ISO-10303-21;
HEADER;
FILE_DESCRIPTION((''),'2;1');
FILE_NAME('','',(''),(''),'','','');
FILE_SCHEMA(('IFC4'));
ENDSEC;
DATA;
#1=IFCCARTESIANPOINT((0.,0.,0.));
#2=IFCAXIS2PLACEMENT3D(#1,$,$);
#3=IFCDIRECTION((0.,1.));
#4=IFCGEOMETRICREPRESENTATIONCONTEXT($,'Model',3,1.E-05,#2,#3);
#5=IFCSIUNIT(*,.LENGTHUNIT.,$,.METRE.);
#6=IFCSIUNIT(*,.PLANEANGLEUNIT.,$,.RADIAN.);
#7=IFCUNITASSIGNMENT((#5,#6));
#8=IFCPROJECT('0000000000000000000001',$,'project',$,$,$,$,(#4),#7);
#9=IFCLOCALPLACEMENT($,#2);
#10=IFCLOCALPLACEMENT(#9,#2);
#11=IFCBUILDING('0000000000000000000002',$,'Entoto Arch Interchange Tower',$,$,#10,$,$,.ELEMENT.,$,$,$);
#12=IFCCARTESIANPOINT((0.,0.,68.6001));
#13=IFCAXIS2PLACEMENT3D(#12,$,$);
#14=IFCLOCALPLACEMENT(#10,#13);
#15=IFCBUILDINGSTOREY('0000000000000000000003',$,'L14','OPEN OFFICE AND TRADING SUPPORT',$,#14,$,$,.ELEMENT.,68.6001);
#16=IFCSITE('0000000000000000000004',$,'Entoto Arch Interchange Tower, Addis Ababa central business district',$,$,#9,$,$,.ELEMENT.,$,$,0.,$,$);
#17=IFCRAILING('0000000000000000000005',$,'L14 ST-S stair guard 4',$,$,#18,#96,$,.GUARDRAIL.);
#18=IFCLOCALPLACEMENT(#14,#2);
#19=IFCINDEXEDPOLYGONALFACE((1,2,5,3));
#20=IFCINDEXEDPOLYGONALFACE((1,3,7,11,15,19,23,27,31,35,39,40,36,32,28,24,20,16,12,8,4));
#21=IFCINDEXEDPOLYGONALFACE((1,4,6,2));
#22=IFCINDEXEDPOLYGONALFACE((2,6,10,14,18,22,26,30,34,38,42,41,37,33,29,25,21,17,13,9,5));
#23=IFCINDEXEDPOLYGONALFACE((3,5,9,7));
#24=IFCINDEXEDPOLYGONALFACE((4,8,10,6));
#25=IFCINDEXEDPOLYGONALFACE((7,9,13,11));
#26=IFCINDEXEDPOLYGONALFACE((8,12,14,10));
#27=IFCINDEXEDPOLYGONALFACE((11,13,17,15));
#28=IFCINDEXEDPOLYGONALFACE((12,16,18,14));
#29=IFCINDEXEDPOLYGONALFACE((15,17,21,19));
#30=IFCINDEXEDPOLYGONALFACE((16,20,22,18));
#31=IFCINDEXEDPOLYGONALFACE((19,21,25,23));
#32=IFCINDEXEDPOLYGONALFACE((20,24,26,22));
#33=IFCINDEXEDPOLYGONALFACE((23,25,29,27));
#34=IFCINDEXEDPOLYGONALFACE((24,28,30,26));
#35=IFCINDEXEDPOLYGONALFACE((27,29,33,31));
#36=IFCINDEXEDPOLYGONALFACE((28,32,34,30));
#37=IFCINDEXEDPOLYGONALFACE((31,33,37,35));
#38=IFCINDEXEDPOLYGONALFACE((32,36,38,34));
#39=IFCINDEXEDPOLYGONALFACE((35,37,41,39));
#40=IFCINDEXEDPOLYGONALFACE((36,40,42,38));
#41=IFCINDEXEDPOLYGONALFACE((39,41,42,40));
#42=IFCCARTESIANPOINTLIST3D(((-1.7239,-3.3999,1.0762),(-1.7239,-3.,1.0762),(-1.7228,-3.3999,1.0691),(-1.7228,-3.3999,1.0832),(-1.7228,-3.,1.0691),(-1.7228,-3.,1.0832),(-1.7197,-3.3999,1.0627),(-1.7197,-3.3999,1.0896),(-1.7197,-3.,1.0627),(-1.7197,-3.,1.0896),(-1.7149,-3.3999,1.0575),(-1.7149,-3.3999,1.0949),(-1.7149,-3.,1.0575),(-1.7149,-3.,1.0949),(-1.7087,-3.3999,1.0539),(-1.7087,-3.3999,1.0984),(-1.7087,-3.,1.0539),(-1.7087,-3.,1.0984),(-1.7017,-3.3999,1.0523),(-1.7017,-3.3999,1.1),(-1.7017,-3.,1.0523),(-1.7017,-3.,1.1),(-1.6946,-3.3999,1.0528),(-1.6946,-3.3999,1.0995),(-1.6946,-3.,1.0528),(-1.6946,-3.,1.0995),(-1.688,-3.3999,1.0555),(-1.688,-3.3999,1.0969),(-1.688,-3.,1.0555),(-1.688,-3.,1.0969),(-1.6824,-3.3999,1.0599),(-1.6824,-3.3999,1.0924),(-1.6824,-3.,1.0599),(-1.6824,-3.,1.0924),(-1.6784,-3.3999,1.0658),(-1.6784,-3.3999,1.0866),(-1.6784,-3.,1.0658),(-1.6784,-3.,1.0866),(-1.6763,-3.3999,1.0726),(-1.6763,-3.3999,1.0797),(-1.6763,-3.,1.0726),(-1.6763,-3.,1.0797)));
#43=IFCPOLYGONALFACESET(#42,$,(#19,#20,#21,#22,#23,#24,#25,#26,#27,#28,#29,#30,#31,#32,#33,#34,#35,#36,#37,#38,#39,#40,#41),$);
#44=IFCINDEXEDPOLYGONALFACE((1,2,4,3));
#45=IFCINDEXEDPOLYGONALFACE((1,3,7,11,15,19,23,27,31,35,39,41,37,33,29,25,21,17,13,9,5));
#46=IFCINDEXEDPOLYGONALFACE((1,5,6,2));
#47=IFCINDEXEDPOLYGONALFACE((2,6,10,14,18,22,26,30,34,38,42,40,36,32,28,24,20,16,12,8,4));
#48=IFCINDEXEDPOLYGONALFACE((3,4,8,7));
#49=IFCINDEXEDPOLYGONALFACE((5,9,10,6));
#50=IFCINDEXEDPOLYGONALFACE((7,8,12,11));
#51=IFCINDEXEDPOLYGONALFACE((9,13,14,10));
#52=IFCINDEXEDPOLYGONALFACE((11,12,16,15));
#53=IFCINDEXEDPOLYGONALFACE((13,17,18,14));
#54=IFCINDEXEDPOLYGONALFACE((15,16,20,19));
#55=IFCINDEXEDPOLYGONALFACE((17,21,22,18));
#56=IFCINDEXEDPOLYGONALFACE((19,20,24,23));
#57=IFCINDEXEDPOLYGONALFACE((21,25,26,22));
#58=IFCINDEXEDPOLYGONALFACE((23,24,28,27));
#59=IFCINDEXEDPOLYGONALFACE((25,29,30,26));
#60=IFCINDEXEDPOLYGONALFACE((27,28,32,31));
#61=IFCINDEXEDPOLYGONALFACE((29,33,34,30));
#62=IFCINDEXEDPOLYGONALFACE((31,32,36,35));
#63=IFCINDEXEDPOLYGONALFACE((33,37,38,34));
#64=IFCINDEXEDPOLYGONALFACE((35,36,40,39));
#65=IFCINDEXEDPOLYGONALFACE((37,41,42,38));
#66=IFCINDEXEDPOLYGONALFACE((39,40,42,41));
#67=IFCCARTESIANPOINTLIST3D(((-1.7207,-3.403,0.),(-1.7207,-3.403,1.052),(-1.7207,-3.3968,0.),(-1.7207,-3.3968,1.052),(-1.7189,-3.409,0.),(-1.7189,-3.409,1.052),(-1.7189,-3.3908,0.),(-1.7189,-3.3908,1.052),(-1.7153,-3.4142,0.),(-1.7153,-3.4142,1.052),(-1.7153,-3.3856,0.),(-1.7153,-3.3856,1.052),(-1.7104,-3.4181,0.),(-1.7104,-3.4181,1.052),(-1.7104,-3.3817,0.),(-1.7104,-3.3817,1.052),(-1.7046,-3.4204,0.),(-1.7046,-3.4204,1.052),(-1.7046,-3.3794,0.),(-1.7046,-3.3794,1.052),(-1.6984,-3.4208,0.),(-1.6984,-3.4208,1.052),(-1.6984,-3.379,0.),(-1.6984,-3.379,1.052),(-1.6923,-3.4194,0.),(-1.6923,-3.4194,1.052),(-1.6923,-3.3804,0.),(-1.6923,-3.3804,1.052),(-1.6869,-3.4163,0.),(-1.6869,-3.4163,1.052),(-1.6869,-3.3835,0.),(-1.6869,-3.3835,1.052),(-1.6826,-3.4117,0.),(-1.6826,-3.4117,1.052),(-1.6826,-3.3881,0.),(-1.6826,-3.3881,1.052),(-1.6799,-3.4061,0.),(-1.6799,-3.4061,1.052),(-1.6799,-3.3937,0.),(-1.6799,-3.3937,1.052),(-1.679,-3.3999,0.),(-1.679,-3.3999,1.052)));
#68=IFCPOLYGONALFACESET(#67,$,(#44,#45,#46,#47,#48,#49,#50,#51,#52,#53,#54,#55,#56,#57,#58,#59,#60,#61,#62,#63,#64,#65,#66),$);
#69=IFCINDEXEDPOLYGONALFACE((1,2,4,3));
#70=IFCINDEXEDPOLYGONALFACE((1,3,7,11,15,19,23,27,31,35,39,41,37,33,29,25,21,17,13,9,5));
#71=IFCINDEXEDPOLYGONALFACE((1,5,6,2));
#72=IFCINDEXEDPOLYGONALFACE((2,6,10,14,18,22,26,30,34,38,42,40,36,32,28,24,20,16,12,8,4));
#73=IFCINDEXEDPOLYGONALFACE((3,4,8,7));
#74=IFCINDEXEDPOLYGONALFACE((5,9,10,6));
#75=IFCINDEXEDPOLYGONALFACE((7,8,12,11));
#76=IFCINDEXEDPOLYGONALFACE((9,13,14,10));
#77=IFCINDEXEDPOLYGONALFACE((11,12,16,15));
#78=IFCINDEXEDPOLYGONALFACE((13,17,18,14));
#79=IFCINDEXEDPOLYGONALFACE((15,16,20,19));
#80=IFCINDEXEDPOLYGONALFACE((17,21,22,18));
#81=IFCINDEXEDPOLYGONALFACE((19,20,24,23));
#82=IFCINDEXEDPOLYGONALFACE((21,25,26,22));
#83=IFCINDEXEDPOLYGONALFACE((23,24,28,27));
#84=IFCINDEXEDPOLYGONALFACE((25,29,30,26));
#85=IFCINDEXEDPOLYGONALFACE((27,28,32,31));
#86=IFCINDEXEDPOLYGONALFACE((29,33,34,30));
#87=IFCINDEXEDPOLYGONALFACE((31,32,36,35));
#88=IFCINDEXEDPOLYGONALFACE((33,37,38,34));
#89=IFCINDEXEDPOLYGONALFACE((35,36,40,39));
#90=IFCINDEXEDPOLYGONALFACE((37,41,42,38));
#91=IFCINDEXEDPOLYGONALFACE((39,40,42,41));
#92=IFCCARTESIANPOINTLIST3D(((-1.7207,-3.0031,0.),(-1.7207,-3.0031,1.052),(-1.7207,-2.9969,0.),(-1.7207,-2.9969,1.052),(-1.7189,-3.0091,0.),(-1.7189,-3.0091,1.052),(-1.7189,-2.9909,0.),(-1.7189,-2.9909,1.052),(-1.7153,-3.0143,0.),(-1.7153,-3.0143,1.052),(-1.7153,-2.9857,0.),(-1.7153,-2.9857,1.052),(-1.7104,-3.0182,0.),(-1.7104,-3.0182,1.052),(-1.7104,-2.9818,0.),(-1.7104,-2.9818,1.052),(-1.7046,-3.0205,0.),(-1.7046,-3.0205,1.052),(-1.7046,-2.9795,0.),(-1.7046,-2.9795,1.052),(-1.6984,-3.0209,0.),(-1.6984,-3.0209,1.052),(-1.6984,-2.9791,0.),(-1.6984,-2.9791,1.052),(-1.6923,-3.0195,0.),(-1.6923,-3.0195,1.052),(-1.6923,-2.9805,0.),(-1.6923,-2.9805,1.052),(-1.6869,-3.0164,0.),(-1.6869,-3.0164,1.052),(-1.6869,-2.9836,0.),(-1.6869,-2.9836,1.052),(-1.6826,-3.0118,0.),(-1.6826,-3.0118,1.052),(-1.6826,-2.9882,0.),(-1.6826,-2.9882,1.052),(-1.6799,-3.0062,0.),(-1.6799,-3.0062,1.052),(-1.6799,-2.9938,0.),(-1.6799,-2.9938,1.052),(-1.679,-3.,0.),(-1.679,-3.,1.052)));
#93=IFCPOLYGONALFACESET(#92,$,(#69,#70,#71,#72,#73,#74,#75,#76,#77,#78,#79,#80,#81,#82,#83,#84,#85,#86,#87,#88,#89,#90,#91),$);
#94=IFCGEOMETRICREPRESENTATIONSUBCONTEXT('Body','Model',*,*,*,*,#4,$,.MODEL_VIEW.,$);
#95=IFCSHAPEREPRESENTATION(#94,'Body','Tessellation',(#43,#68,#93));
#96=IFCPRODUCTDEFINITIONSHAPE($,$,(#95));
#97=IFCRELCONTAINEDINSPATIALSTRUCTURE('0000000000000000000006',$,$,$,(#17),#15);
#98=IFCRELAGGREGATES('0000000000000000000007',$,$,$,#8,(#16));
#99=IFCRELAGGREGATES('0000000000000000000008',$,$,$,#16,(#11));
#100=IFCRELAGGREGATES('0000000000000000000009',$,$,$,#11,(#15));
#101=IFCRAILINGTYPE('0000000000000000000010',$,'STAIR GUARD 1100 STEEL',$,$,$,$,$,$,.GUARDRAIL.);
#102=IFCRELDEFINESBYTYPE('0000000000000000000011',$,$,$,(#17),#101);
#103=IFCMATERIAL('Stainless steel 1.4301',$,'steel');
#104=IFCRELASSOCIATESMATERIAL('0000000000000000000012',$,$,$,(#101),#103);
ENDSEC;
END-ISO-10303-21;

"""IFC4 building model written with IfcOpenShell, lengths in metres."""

from ifc_helpers import new_model, si_unit, direction, frame, origin, origin_2d, place, context, subcontext, project, spatial, circle, extrude, material, type_object, element, save


model = new_model("IFC4")

# Units and contexts
model_context = context("Model", 3, precision=1e-05, world=origin(), true_north=direction((0.0, 1.0)))
body_context = subcontext(model_context, "Body", "Model", "MODEL_VIEW")
ifc_project = project(units=[si_unit("LENGTHUNIT", "METRE"), si_unit("PLANEANGLEUNIT", "RADIAN")], contexts=[model_context])

# Site, building, storey
site_placement = place(None, origin())
site = spatial("IfcSite", under=ifc_project, at=site_placement, Name="Entoto Arch Interchange Tower, Addis Ababa central business district", CompositionType="ELEMENT", RefElevation=0.0)
building_placement = place(site_placement, origin())
building = spatial("IfcBuilding", under=site, at=building_placement, Name="Entoto Arch Interchange Tower", CompositionType="ELEMENT")
storey_placement = place(building_placement, frame((0.0, 0.0, 68.6001)))
storey = spatial("IfcBuildingStorey", under=building, at=storey_placement, Name="L14", Description="OPEN OFFICE AND TRADING SUPPORT", CompositionType="ELEMENT", Elevation=68.6001)

# Railing
ifc_material_1 = material(Name="Stainless steel 1.4301", Category="steel")
railing_type_1 = type_object("IfcRailingType", Name="STAIR GUARD 1100 STEEL", PredefinedType="GUARDRAIL", material=ifc_material_1)
railing_1_placement = place(storey_placement, frame((-1.7, -3.3999, 0.0)))
element("IfcRailing", 1, at=railing_1_placement, inside=storey, type_object=railing_type_1, Name="L14 ST-S stair guard 4", PredefinedType="GUARDRAIL", context=body_context, shape_type="SweptSolid", body=[
    extrude(circle(Radius=0.0239, at=origin_2d()), frame((0.0, 0.0, 1.0762), z_axis=(0.0, 1.0, 0.0), x_axis=(-1.0, 0.0, 0.0)), (0.0, 0.0, 1.0), 0.3999),
    extrude(circle(Radius=0.021, at=origin_2d()), origin(), (0.0, 0.0, 1.0), 1.052),
    extrude(circle(Radius=0.021, at=origin_2d()), frame((0.0, 0.3999, 0.0)), (0.0, 0.0, 1.0), 1.052),
])

save(model, "model.ifc")
